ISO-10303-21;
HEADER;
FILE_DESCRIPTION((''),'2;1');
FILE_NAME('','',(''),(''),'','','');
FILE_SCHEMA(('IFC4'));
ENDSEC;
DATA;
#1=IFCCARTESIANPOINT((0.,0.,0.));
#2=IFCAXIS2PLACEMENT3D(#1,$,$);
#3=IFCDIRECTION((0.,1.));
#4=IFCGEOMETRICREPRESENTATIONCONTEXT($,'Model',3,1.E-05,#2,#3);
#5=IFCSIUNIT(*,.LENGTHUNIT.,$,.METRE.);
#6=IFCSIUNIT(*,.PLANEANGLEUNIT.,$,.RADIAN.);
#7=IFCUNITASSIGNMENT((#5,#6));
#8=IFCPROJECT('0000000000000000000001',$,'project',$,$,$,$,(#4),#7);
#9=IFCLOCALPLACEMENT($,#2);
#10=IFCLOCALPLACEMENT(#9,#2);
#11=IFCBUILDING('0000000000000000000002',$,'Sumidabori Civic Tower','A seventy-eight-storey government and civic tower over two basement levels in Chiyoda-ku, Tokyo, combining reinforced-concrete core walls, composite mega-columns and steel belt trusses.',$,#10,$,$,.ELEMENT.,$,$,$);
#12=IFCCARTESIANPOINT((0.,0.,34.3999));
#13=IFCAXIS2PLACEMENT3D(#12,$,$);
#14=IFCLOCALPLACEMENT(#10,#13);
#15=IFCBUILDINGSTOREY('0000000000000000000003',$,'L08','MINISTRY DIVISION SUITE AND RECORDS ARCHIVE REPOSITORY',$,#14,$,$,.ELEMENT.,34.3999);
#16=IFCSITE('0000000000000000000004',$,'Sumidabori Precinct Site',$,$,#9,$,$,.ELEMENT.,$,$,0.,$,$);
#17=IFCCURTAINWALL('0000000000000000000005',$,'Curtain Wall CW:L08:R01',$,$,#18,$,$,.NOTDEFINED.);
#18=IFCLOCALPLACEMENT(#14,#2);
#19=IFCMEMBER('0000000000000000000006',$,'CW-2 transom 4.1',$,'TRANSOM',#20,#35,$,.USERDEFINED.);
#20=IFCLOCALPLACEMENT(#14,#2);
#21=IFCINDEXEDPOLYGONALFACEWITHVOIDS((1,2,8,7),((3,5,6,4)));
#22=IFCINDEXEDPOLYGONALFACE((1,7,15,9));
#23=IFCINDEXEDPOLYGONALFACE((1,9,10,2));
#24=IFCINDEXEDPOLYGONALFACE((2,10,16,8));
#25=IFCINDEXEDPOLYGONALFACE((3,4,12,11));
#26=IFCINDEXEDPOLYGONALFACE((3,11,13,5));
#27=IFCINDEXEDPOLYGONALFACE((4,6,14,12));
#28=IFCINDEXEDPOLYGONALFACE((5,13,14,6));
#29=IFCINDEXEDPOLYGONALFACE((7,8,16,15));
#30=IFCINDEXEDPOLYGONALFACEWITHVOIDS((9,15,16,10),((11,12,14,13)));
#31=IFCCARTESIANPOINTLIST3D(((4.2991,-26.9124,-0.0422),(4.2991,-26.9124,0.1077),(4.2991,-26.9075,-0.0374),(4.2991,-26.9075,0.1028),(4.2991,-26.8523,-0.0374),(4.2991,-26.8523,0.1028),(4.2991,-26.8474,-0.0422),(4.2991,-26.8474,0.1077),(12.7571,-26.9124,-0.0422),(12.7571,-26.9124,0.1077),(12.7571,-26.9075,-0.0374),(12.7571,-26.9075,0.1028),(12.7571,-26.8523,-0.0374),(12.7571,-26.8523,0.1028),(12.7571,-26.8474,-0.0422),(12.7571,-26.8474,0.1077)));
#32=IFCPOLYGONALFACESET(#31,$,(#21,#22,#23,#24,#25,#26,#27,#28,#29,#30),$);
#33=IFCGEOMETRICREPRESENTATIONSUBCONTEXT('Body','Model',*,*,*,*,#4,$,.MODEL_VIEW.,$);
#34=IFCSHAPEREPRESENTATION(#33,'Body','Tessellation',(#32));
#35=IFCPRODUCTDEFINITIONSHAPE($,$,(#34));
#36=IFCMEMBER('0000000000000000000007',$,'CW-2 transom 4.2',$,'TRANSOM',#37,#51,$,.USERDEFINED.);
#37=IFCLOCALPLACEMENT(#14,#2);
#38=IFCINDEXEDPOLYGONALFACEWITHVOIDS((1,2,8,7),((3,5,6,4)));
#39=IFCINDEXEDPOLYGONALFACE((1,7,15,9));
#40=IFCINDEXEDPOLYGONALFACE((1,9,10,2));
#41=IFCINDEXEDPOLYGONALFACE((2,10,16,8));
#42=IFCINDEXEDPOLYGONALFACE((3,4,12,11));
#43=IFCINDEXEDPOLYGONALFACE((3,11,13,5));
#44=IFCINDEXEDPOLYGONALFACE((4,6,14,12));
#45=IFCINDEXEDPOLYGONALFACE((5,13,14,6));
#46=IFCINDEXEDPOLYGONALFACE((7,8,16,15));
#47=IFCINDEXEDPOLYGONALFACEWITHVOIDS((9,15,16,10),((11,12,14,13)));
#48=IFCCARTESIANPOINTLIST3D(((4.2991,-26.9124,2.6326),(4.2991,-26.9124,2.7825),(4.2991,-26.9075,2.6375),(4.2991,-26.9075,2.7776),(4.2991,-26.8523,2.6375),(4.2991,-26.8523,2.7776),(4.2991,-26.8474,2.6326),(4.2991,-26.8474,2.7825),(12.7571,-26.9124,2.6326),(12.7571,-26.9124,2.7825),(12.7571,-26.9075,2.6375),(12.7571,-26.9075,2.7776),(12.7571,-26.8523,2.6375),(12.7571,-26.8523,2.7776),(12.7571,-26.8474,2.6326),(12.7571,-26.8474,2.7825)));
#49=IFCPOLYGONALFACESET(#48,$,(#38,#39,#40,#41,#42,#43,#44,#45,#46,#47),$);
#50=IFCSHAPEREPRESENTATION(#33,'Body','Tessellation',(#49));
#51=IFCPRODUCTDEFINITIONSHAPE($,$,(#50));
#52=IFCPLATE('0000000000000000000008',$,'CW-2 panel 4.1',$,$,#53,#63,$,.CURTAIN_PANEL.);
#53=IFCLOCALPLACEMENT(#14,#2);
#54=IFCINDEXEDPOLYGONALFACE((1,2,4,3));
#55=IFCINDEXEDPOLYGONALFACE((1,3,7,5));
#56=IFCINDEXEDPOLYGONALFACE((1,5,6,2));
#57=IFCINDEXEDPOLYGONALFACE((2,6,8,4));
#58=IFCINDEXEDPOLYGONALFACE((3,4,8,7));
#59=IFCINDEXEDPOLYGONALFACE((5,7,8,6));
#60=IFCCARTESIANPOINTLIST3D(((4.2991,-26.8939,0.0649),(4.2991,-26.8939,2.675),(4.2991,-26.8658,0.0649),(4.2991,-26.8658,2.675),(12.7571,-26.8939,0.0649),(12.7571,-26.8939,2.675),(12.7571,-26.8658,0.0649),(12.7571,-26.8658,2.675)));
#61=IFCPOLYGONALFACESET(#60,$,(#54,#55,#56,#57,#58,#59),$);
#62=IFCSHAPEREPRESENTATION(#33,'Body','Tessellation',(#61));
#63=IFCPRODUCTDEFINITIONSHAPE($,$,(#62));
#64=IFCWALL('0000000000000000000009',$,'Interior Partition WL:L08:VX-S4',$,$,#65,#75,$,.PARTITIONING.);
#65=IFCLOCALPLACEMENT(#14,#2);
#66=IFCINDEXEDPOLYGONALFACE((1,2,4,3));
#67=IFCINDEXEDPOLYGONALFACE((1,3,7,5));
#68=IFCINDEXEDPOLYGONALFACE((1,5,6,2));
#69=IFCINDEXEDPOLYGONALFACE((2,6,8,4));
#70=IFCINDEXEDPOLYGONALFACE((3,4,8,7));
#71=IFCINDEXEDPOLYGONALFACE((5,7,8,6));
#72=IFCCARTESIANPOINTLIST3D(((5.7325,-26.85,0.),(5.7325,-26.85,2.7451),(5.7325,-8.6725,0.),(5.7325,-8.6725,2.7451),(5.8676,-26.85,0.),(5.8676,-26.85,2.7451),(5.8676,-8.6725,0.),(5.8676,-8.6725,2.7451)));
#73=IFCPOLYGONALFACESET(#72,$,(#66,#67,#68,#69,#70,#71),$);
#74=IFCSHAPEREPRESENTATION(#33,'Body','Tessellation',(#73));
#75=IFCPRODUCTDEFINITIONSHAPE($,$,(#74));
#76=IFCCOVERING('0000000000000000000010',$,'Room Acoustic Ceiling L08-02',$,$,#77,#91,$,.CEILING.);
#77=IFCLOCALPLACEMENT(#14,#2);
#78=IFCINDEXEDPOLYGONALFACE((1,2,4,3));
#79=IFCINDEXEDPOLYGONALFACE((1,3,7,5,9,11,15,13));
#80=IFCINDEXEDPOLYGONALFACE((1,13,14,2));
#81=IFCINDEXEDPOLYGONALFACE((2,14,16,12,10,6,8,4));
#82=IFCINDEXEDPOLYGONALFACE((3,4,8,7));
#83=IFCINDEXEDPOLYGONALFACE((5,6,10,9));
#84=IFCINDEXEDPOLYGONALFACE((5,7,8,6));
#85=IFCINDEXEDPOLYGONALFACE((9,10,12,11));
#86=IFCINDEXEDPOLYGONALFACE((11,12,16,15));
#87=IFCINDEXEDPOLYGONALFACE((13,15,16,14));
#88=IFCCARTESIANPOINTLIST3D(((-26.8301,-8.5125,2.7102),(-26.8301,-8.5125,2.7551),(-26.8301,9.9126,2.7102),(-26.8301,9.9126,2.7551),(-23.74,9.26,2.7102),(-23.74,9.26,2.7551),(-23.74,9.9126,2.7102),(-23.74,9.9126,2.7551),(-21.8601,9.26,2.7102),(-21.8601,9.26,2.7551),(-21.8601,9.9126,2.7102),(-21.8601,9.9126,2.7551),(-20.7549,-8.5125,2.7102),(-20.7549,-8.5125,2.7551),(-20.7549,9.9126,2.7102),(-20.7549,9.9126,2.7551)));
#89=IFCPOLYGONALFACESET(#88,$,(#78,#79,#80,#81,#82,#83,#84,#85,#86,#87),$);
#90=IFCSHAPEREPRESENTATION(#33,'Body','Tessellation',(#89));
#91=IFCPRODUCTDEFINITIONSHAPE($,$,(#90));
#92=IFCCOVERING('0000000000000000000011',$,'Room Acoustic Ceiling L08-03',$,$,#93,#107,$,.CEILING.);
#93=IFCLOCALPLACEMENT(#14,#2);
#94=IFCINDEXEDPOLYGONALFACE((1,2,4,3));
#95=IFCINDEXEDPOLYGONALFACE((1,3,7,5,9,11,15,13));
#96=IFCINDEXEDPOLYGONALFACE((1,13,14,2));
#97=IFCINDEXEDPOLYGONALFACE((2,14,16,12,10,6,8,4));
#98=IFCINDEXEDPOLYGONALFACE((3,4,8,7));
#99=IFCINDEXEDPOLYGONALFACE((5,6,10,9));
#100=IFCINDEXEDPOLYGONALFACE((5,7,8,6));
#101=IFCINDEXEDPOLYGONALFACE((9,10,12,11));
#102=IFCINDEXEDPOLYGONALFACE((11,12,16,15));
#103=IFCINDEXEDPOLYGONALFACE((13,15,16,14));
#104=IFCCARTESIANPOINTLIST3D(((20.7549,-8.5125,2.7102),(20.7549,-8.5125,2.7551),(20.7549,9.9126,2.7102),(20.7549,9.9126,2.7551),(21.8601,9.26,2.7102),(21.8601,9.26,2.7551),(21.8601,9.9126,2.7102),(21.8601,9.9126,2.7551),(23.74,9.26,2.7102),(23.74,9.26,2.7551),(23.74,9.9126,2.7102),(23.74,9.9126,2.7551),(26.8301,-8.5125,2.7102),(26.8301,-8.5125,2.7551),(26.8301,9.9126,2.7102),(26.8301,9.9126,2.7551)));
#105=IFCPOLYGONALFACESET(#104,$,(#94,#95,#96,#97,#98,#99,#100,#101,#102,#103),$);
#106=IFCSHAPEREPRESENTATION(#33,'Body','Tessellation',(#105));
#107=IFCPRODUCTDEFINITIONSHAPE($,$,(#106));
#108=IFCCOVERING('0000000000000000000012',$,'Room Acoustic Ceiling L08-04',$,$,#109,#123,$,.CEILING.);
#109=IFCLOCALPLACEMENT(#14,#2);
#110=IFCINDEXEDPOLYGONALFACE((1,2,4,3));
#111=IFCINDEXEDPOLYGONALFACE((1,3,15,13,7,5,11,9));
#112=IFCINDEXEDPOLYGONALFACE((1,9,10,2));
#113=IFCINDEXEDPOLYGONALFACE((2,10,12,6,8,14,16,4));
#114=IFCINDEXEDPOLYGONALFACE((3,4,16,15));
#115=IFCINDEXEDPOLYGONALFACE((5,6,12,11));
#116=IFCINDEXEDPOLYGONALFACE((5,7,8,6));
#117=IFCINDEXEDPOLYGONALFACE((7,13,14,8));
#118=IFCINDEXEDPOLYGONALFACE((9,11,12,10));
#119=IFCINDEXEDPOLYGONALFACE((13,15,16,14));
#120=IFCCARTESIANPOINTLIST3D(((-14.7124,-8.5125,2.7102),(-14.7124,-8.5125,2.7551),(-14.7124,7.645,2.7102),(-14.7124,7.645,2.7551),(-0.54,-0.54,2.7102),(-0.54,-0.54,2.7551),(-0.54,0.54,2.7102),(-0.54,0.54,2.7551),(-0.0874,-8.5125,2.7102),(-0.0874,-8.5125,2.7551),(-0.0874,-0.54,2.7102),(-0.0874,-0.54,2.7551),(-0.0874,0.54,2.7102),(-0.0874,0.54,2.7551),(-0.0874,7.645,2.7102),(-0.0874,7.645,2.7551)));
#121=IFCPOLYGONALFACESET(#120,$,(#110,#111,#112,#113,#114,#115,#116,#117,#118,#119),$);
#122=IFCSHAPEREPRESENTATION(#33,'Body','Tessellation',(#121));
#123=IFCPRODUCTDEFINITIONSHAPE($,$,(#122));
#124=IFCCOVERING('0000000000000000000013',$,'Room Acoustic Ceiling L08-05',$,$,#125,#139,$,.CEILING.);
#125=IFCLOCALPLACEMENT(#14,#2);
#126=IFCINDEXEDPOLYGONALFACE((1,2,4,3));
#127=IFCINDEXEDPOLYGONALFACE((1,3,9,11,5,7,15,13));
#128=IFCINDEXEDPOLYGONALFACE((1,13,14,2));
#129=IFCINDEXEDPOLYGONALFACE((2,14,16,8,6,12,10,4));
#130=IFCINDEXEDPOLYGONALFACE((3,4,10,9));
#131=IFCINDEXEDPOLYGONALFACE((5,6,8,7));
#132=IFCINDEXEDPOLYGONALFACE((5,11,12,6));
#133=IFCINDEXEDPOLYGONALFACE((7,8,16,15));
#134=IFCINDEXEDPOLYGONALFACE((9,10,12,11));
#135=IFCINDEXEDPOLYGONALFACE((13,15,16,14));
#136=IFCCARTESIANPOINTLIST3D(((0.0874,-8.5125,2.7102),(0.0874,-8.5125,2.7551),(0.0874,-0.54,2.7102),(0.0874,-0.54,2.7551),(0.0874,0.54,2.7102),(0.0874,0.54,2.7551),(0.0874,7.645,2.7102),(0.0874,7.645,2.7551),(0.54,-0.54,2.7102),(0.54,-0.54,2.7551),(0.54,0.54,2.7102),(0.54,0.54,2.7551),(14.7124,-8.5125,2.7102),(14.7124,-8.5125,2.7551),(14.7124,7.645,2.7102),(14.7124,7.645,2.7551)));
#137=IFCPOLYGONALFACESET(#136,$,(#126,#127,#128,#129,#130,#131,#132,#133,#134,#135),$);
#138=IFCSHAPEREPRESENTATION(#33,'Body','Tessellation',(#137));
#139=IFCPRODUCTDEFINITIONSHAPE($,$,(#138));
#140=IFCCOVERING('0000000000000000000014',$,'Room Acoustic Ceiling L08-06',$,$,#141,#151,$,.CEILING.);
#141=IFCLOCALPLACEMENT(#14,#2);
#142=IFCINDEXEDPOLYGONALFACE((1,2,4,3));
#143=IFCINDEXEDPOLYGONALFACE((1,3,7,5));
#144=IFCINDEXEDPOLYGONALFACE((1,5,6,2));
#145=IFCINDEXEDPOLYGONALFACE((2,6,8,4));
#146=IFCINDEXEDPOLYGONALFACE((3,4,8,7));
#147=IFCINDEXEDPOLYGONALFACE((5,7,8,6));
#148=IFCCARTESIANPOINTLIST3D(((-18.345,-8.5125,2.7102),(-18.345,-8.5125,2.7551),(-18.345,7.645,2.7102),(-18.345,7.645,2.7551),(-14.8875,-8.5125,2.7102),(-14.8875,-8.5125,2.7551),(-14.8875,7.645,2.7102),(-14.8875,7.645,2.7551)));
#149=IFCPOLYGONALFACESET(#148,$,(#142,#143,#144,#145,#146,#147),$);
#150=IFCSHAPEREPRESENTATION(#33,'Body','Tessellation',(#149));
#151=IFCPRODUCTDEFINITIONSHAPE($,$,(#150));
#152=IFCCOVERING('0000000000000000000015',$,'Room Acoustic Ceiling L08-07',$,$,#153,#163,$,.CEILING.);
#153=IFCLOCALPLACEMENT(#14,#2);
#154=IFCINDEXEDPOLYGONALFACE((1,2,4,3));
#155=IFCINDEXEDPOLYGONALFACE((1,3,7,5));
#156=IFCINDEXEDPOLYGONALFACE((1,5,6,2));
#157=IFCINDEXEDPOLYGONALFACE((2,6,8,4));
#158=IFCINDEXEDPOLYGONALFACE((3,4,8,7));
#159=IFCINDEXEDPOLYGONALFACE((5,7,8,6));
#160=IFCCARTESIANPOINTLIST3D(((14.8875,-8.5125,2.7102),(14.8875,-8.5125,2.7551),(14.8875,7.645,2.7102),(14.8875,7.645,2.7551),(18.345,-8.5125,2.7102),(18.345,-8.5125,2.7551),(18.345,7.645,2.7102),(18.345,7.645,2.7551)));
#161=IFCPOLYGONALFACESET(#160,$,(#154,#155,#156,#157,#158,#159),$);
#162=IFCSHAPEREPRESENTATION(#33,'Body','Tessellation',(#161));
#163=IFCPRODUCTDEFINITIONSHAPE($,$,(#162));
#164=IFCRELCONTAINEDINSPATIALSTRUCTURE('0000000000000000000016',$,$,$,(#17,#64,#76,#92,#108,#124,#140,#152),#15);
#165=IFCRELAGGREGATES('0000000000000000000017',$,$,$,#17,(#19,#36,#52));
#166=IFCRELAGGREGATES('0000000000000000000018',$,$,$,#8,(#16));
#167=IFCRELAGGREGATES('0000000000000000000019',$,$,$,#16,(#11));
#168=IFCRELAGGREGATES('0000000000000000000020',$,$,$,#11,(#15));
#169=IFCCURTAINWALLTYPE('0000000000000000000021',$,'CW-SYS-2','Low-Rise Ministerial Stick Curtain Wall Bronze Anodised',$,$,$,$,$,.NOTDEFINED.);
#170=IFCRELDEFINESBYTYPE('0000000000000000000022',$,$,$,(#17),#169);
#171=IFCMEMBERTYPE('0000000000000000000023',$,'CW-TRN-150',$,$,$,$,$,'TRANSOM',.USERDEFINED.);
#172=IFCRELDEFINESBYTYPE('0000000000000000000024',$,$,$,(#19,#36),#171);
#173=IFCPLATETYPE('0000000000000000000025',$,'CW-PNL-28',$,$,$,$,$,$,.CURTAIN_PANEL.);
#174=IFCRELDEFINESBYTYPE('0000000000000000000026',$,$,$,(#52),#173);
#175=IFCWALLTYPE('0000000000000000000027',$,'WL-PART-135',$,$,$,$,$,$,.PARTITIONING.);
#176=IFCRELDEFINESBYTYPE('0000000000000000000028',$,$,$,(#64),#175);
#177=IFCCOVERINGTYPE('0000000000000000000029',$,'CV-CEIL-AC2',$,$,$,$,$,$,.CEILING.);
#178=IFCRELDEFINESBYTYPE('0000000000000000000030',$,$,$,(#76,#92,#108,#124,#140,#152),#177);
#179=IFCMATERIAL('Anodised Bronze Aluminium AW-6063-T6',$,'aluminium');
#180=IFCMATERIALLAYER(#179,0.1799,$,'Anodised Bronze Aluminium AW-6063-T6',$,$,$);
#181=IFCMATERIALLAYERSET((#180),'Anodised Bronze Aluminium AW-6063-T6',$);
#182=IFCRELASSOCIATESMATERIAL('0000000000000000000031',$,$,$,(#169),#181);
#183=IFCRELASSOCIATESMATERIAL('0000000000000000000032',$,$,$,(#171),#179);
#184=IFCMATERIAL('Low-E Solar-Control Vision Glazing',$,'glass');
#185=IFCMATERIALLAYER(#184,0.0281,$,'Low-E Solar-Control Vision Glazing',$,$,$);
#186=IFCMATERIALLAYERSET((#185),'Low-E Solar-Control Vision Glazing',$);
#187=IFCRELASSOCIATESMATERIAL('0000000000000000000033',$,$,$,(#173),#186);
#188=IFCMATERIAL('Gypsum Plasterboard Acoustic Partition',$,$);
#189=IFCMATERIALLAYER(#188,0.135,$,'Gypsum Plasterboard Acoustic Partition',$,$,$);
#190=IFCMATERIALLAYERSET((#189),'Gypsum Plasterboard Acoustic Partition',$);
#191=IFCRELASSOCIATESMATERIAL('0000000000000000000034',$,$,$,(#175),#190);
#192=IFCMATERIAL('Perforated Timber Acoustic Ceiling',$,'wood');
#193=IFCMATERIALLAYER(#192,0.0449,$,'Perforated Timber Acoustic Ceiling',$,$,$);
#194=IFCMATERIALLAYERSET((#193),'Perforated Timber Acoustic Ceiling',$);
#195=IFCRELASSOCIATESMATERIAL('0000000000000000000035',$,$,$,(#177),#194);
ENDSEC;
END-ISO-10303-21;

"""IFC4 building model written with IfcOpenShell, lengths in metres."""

from ifc_helpers import new_model, si_unit, direction, frame, frame_2d, origin, origin_2d, place, context, subcontext, project, spatial, polyline, rectangle, hollow_rectangle, outline, extrude, source, transform, mapped, material, layer, layer_set, material_profile, profile_set, type_object, element, aggregate, save


model = new_model("IFC4")

# Units and contexts
model_context = context("Model", 3, precision=1e-05, world=origin(), true_north=direction((0.0, 1.0)))
body_context = subcontext(model_context, "Body", "Model", "MODEL_VIEW")
ifc_project = project(units=[si_unit("LENGTHUNIT", "METRE"), si_unit("PLANEANGLEUNIT", "RADIAN")], contexts=[model_context])

# Site, building, storey
site_placement = place(None, origin())
site = spatial("IfcSite", under=ifc_project, at=site_placement, Name="Sumidabori Precinct Site", CompositionType="ELEMENT", RefElevation=0.0)
building_placement = place(site_placement, origin())
building = spatial("IfcBuilding", under=site, at=building_placement, Name="Sumidabori Civic Tower", Description="A seventy-eight-storey government and civic tower over two basement levels in Chiyoda-ku, Tokyo, combining reinforced-concrete core walls, composite mega-columns and steel belt trusses.", CompositionType="ELEMENT")
storey_placement = place(building_placement, frame((0.0, 0.0, 34.3999)))
storey = spatial("IfcBuildingStorey", under=building, at=storey_placement, Name="L08", Description="MINISTRY DIVISION SUITE AND RECORDS ARCHIVE REPOSITORY", CompositionType="ELEMENT", Elevation=34.3999)

# Curtain wall, members, plate
ifc_material_1 = material(Name="Anodised Bronze Aluminium AW-6063-T6", Category="aluminium")
ifc_layer_1 = layer(ifc_material_1, 0.1799, Name="Anodised Bronze Aluminium AW-6063-T6")
ifc_layer_set_1 = layer_set([ifc_layer_1], Name="Anodised Bronze Aluminium AW-6063-T6")
curtain_wall_type = type_object("IfcCurtainWallType", Name="CW-SYS-2", Description="Low-Rise Ministerial Stick Curtain Wall Bronze Anodised", PredefinedType="NOTDEFINED", material=ifc_layer_set_1)
curtain_wall_placement = place(storey_placement, origin())
curtain_wall = element("IfcCurtainWall", 1, at=curtain_wall_placement, inside=storey, type_object=curtain_wall_type, Name="Curtain Wall CW:L08:R01", PredefinedType="NOTDEFINED")
ifc_material_profile_1 = material_profile(ifc_material_1, hollow_rectangle(XDim=0.0649, YDim=0.1499, WallThickness=0.0049, at=origin_2d()), Name="ALU TRANSOM 150x65")
ifc_profile_set_1 = profile_set([ifc_material_profile_1], Name="Anodised Bronze Aluminium AW-6063-T6")
member_type_1 = type_object("IfcMemberType", Name="CW-TRN-150", ElementType="TRANSOM", PredefinedType="USERDEFINED", material=ifc_profile_set_1)
shared_shape_1 = source(origin(), body_context, "Body", "SweptSolid", [
    extrude(hollow_rectangle(XDim=0.0649, YDim=0.1499, WallThickness=0.0049, at=origin_2d()), origin(), (0.0, 0.0, 1.0), 8.458),
])
member_1_placement = place(storey_placement, frame((4.2991, -26.8799, 0.0327), z_axis=(1.0, 0.0, 0.0), x_axis=(0.0, 1.0, 0.0)))
member_1 = element("IfcMember", 2, at=member_1_placement, type_object=member_type_1, Name="CW-2 transom 4.1", ObjectType="TRANSOM", PredefinedType="USERDEFINED", context=body_context, shape_type="MappedRepresentation", body=[
    mapped(shared_shape_1, transform((0.0, 0.0, 0.0), x_axis=(1.0, 0.0, 0.0), y_axis=(0.0, 1.0, 0.0), z_axis=(0.0, 0.0, 1.0), scale=1.0)),
])
member_2_placement = place(storey_placement, frame((4.2991, -26.8799, 2.7075), z_axis=(1.0, 0.0, 0.0), x_axis=(0.0, 1.0, 0.0)))
member_2 = element("IfcMember", 3, at=member_2_placement, type_object=member_type_1, Name="CW-2 transom 4.2", ObjectType="TRANSOM", PredefinedType="USERDEFINED", context=body_context, shape_type="MappedRepresentation", body=[
    mapped(shared_shape_1, transform((0.0, 0.0, 0.0), x_axis=(1.0, 0.0, 0.0), y_axis=(0.0, 1.0, 0.0), z_axis=(0.0, 0.0, 1.0), scale=1.0)),
])
ifc_material_2 = material(Name="Low-E Solar-Control Vision Glazing", Category="glass")
ifc_layer_2 = layer(ifc_material_2, 0.0281, Name="Low-E Solar-Control Vision Glazing")
ifc_layer_set_2 = layer_set([ifc_layer_2], Name="Low-E Solar-Control Vision Glazing")
plate_type = type_object("IfcPlateType", Name="CW-PNL-28", PredefinedType="CURTAIN_PANEL", material=ifc_layer_set_2)
shared_shape_2 = source(origin(), body_context, "Body", "SweptSolid", [
    extrude(rectangle(XDim=8.458, YDim=0.0281, at=origin_2d()), origin(), (0.0, 0.0, 1.0), 2.6101),
])
plate_placement = place(storey_placement, frame((8.5281, -26.8799, 0.0649), z_axis=(0.0, 0.0, 1.0), x_axis=(1.0, 0.0, 0.0)))
plate = element("IfcPlate", 4, at=plate_placement, type_object=plate_type, Name="CW-2 panel 4.1", PredefinedType="CURTAIN_PANEL", context=body_context, shape_type="MappedRepresentation", body=[
    mapped(shared_shape_2, transform((0.0, 0.0, 0.0), x_axis=(1.0, 0.0, 0.0), y_axis=(0.0, 1.0, 0.0), z_axis=(0.0, 0.0, 1.0), scale=1.0)),
])
aggregate(curtain_wall, [member_1, member_2, plate])

# Wall
ifc_material_3 = material(Name="Gypsum Plasterboard Acoustic Partition")
ifc_layer_3 = layer(ifc_material_3, 0.135, Name="Gypsum Plasterboard Acoustic Partition")
ifc_layer_set_3 = layer_set([ifc_layer_3], Name="Gypsum Plasterboard Acoustic Partition")
wall_type = type_object("IfcWallType", Name="WL-PART-135", PredefinedType="PARTITIONING", material=ifc_layer_set_3)
shared_shape_3 = source(origin(), body_context, "Body", "SweptSolid", [
    extrude(rectangle(XDim=18.1775, YDim=0.135, at=frame_2d((9.0889, 0.0))), origin(), (0.0, 0.0, 1.0), 2.7451),
])
wall_placement = place(storey_placement, frame((5.8, -26.8501, 0.0), z_axis=(0.0, 0.0, 1.0), x_axis=(0.0, 1.0, 0.0)))
element("IfcWall", 5, at=wall_placement, inside=storey, type_object=wall_type, Name="Interior Partition WL:L08:VX-S4", PredefinedType="PARTITIONING", context=body_context, shape_type="MappedRepresentation", body=[
    mapped(shared_shape_3, transform((0.0, 0.0, 0.0), x_axis=(1.0, 0.0, 0.0), y_axis=(0.0, 1.0, 0.0), z_axis=(0.0, 0.0, 1.0), scale=1.0)),
])

# Coverings
ifc_material_4 = material(Name="Perforated Timber Acoustic Ceiling", Category="wood")
ifc_layer_4 = layer(ifc_material_4, 0.0449, Name="Perforated Timber Acoustic Ceiling")
ifc_layer_set_4 = layer_set([ifc_layer_4], Name="Perforated Timber Acoustic Ceiling")
covering_type_1 = type_object("IfcCoveringType", Name="CV-CEIL-AC2", PredefinedType="CEILING", material=ifc_layer_set_4)
covering_1_placement = place(storey_placement, frame((0.0, 0.0, 2.7102)))
element("IfcCovering", 6, at=covering_1_placement, inside=storey, type_object=covering_type_1, Name="Room Acoustic Ceiling L08-02", PredefinedType="CEILING", context=body_context, shape_type="SweptSolid", body=[
    extrude(outline(polyline([(-26.8301, -8.5125), (-26.8301, 9.9126), (-23.74, 9.9126), (-23.74, 9.26), (-21.8601, 9.26), (-21.8601, 9.9126), (-20.7549, 9.9126), (-20.7549, -8.5125), (-26.8301, -8.5125)])), origin(), (0.0, 0.0, 1.0), 0.0449),
])
covering_2_placement = place(storey_placement, frame((0.0, 0.0, 2.7102)))
element("IfcCovering", 7, at=covering_2_placement, inside=storey, type_object=covering_type_1, Name="Room Acoustic Ceiling L08-03", PredefinedType="CEILING", context=body_context, shape_type="SweptSolid", body=[
    extrude(outline(polyline([(20.7549, 9.9126), (21.8601, 9.9126), (21.8601, 9.26), (23.74, 9.26), (23.74, 9.9126), (26.8301, 9.9126), (26.8301, -8.5125), (20.7549, -8.5125), (20.7549, 9.9126)])), origin(), (0.0, 0.0, 1.0), 0.0449),
])
covering_3_placement = place(storey_placement, frame((0.0, 0.0, 2.7102)))
element("IfcCovering", 8, at=covering_3_placement, inside=storey, type_object=covering_type_1, Name="Room Acoustic Ceiling L08-04", PredefinedType="CEILING", context=body_context, shape_type="SweptSolid", body=[
    extrude(outline(polyline([(-14.7124, 7.645), (-0.0874, 7.645), (-0.0874, 0.54), (-0.54, 0.54), (-0.54, -0.54), (-0.0874, -0.54), (-0.0874, -8.5125), (-14.7124, -8.5125), (-14.7124, 7.645)])), origin(), (0.0, 0.0, 1.0), 0.0449),
])
covering_4_placement = place(storey_placement, frame((0.0, 0.0, 2.7102)))
element("IfcCovering", 9, at=covering_4_placement, inside=storey, type_object=covering_type_1, Name="Room Acoustic Ceiling L08-05", PredefinedType="CEILING", context=body_context, shape_type="SweptSolid", body=[
    extrude(outline(polyline([(0.0874, -0.54), (0.54, -0.54), (0.54, 0.54), (0.0874, 0.54), (0.0874, 7.645), (14.7124, 7.645), (14.7124, -8.5125), (0.0874, -8.5125), (0.0874, -0.54)])), origin(), (0.0, 0.0, 1.0), 0.0449),
])
covering_5_placement = place(storey_placement, frame((0.0, 0.0, 2.7102)))
element("IfcCovering", 10, at=covering_5_placement, inside=storey, type_object=covering_type_1, Name="Room Acoustic Ceiling L08-06", PredefinedType="CEILING", context=body_context, shape_type="SweptSolid", body=[
    extrude(outline(polyline([(-18.345, 7.645), (-14.8875, 7.645), (-14.8875, -8.5125), (-18.345, -8.5125), (-18.345, 7.645)])), origin(), (0.0, 0.0, 1.0), 0.0449),
])
covering_6_placement = place(storey_placement, frame((0.0, 0.0, 2.7102)))
element("IfcCovering", 11, at=covering_6_placement, inside=storey, type_object=covering_type_1, Name="Room Acoustic Ceiling L08-07", PredefinedType="CEILING", context=body_context, shape_type="SweptSolid", body=[
    extrude(outline(polyline([(14.8875, 7.645), (18.345, 7.645), (18.345, -8.5125), (14.8875, -8.5125), (14.8875, 7.645)])), origin(), (0.0, 0.0, 1.0), 0.0449),
])

save(model, "model.ifc")
